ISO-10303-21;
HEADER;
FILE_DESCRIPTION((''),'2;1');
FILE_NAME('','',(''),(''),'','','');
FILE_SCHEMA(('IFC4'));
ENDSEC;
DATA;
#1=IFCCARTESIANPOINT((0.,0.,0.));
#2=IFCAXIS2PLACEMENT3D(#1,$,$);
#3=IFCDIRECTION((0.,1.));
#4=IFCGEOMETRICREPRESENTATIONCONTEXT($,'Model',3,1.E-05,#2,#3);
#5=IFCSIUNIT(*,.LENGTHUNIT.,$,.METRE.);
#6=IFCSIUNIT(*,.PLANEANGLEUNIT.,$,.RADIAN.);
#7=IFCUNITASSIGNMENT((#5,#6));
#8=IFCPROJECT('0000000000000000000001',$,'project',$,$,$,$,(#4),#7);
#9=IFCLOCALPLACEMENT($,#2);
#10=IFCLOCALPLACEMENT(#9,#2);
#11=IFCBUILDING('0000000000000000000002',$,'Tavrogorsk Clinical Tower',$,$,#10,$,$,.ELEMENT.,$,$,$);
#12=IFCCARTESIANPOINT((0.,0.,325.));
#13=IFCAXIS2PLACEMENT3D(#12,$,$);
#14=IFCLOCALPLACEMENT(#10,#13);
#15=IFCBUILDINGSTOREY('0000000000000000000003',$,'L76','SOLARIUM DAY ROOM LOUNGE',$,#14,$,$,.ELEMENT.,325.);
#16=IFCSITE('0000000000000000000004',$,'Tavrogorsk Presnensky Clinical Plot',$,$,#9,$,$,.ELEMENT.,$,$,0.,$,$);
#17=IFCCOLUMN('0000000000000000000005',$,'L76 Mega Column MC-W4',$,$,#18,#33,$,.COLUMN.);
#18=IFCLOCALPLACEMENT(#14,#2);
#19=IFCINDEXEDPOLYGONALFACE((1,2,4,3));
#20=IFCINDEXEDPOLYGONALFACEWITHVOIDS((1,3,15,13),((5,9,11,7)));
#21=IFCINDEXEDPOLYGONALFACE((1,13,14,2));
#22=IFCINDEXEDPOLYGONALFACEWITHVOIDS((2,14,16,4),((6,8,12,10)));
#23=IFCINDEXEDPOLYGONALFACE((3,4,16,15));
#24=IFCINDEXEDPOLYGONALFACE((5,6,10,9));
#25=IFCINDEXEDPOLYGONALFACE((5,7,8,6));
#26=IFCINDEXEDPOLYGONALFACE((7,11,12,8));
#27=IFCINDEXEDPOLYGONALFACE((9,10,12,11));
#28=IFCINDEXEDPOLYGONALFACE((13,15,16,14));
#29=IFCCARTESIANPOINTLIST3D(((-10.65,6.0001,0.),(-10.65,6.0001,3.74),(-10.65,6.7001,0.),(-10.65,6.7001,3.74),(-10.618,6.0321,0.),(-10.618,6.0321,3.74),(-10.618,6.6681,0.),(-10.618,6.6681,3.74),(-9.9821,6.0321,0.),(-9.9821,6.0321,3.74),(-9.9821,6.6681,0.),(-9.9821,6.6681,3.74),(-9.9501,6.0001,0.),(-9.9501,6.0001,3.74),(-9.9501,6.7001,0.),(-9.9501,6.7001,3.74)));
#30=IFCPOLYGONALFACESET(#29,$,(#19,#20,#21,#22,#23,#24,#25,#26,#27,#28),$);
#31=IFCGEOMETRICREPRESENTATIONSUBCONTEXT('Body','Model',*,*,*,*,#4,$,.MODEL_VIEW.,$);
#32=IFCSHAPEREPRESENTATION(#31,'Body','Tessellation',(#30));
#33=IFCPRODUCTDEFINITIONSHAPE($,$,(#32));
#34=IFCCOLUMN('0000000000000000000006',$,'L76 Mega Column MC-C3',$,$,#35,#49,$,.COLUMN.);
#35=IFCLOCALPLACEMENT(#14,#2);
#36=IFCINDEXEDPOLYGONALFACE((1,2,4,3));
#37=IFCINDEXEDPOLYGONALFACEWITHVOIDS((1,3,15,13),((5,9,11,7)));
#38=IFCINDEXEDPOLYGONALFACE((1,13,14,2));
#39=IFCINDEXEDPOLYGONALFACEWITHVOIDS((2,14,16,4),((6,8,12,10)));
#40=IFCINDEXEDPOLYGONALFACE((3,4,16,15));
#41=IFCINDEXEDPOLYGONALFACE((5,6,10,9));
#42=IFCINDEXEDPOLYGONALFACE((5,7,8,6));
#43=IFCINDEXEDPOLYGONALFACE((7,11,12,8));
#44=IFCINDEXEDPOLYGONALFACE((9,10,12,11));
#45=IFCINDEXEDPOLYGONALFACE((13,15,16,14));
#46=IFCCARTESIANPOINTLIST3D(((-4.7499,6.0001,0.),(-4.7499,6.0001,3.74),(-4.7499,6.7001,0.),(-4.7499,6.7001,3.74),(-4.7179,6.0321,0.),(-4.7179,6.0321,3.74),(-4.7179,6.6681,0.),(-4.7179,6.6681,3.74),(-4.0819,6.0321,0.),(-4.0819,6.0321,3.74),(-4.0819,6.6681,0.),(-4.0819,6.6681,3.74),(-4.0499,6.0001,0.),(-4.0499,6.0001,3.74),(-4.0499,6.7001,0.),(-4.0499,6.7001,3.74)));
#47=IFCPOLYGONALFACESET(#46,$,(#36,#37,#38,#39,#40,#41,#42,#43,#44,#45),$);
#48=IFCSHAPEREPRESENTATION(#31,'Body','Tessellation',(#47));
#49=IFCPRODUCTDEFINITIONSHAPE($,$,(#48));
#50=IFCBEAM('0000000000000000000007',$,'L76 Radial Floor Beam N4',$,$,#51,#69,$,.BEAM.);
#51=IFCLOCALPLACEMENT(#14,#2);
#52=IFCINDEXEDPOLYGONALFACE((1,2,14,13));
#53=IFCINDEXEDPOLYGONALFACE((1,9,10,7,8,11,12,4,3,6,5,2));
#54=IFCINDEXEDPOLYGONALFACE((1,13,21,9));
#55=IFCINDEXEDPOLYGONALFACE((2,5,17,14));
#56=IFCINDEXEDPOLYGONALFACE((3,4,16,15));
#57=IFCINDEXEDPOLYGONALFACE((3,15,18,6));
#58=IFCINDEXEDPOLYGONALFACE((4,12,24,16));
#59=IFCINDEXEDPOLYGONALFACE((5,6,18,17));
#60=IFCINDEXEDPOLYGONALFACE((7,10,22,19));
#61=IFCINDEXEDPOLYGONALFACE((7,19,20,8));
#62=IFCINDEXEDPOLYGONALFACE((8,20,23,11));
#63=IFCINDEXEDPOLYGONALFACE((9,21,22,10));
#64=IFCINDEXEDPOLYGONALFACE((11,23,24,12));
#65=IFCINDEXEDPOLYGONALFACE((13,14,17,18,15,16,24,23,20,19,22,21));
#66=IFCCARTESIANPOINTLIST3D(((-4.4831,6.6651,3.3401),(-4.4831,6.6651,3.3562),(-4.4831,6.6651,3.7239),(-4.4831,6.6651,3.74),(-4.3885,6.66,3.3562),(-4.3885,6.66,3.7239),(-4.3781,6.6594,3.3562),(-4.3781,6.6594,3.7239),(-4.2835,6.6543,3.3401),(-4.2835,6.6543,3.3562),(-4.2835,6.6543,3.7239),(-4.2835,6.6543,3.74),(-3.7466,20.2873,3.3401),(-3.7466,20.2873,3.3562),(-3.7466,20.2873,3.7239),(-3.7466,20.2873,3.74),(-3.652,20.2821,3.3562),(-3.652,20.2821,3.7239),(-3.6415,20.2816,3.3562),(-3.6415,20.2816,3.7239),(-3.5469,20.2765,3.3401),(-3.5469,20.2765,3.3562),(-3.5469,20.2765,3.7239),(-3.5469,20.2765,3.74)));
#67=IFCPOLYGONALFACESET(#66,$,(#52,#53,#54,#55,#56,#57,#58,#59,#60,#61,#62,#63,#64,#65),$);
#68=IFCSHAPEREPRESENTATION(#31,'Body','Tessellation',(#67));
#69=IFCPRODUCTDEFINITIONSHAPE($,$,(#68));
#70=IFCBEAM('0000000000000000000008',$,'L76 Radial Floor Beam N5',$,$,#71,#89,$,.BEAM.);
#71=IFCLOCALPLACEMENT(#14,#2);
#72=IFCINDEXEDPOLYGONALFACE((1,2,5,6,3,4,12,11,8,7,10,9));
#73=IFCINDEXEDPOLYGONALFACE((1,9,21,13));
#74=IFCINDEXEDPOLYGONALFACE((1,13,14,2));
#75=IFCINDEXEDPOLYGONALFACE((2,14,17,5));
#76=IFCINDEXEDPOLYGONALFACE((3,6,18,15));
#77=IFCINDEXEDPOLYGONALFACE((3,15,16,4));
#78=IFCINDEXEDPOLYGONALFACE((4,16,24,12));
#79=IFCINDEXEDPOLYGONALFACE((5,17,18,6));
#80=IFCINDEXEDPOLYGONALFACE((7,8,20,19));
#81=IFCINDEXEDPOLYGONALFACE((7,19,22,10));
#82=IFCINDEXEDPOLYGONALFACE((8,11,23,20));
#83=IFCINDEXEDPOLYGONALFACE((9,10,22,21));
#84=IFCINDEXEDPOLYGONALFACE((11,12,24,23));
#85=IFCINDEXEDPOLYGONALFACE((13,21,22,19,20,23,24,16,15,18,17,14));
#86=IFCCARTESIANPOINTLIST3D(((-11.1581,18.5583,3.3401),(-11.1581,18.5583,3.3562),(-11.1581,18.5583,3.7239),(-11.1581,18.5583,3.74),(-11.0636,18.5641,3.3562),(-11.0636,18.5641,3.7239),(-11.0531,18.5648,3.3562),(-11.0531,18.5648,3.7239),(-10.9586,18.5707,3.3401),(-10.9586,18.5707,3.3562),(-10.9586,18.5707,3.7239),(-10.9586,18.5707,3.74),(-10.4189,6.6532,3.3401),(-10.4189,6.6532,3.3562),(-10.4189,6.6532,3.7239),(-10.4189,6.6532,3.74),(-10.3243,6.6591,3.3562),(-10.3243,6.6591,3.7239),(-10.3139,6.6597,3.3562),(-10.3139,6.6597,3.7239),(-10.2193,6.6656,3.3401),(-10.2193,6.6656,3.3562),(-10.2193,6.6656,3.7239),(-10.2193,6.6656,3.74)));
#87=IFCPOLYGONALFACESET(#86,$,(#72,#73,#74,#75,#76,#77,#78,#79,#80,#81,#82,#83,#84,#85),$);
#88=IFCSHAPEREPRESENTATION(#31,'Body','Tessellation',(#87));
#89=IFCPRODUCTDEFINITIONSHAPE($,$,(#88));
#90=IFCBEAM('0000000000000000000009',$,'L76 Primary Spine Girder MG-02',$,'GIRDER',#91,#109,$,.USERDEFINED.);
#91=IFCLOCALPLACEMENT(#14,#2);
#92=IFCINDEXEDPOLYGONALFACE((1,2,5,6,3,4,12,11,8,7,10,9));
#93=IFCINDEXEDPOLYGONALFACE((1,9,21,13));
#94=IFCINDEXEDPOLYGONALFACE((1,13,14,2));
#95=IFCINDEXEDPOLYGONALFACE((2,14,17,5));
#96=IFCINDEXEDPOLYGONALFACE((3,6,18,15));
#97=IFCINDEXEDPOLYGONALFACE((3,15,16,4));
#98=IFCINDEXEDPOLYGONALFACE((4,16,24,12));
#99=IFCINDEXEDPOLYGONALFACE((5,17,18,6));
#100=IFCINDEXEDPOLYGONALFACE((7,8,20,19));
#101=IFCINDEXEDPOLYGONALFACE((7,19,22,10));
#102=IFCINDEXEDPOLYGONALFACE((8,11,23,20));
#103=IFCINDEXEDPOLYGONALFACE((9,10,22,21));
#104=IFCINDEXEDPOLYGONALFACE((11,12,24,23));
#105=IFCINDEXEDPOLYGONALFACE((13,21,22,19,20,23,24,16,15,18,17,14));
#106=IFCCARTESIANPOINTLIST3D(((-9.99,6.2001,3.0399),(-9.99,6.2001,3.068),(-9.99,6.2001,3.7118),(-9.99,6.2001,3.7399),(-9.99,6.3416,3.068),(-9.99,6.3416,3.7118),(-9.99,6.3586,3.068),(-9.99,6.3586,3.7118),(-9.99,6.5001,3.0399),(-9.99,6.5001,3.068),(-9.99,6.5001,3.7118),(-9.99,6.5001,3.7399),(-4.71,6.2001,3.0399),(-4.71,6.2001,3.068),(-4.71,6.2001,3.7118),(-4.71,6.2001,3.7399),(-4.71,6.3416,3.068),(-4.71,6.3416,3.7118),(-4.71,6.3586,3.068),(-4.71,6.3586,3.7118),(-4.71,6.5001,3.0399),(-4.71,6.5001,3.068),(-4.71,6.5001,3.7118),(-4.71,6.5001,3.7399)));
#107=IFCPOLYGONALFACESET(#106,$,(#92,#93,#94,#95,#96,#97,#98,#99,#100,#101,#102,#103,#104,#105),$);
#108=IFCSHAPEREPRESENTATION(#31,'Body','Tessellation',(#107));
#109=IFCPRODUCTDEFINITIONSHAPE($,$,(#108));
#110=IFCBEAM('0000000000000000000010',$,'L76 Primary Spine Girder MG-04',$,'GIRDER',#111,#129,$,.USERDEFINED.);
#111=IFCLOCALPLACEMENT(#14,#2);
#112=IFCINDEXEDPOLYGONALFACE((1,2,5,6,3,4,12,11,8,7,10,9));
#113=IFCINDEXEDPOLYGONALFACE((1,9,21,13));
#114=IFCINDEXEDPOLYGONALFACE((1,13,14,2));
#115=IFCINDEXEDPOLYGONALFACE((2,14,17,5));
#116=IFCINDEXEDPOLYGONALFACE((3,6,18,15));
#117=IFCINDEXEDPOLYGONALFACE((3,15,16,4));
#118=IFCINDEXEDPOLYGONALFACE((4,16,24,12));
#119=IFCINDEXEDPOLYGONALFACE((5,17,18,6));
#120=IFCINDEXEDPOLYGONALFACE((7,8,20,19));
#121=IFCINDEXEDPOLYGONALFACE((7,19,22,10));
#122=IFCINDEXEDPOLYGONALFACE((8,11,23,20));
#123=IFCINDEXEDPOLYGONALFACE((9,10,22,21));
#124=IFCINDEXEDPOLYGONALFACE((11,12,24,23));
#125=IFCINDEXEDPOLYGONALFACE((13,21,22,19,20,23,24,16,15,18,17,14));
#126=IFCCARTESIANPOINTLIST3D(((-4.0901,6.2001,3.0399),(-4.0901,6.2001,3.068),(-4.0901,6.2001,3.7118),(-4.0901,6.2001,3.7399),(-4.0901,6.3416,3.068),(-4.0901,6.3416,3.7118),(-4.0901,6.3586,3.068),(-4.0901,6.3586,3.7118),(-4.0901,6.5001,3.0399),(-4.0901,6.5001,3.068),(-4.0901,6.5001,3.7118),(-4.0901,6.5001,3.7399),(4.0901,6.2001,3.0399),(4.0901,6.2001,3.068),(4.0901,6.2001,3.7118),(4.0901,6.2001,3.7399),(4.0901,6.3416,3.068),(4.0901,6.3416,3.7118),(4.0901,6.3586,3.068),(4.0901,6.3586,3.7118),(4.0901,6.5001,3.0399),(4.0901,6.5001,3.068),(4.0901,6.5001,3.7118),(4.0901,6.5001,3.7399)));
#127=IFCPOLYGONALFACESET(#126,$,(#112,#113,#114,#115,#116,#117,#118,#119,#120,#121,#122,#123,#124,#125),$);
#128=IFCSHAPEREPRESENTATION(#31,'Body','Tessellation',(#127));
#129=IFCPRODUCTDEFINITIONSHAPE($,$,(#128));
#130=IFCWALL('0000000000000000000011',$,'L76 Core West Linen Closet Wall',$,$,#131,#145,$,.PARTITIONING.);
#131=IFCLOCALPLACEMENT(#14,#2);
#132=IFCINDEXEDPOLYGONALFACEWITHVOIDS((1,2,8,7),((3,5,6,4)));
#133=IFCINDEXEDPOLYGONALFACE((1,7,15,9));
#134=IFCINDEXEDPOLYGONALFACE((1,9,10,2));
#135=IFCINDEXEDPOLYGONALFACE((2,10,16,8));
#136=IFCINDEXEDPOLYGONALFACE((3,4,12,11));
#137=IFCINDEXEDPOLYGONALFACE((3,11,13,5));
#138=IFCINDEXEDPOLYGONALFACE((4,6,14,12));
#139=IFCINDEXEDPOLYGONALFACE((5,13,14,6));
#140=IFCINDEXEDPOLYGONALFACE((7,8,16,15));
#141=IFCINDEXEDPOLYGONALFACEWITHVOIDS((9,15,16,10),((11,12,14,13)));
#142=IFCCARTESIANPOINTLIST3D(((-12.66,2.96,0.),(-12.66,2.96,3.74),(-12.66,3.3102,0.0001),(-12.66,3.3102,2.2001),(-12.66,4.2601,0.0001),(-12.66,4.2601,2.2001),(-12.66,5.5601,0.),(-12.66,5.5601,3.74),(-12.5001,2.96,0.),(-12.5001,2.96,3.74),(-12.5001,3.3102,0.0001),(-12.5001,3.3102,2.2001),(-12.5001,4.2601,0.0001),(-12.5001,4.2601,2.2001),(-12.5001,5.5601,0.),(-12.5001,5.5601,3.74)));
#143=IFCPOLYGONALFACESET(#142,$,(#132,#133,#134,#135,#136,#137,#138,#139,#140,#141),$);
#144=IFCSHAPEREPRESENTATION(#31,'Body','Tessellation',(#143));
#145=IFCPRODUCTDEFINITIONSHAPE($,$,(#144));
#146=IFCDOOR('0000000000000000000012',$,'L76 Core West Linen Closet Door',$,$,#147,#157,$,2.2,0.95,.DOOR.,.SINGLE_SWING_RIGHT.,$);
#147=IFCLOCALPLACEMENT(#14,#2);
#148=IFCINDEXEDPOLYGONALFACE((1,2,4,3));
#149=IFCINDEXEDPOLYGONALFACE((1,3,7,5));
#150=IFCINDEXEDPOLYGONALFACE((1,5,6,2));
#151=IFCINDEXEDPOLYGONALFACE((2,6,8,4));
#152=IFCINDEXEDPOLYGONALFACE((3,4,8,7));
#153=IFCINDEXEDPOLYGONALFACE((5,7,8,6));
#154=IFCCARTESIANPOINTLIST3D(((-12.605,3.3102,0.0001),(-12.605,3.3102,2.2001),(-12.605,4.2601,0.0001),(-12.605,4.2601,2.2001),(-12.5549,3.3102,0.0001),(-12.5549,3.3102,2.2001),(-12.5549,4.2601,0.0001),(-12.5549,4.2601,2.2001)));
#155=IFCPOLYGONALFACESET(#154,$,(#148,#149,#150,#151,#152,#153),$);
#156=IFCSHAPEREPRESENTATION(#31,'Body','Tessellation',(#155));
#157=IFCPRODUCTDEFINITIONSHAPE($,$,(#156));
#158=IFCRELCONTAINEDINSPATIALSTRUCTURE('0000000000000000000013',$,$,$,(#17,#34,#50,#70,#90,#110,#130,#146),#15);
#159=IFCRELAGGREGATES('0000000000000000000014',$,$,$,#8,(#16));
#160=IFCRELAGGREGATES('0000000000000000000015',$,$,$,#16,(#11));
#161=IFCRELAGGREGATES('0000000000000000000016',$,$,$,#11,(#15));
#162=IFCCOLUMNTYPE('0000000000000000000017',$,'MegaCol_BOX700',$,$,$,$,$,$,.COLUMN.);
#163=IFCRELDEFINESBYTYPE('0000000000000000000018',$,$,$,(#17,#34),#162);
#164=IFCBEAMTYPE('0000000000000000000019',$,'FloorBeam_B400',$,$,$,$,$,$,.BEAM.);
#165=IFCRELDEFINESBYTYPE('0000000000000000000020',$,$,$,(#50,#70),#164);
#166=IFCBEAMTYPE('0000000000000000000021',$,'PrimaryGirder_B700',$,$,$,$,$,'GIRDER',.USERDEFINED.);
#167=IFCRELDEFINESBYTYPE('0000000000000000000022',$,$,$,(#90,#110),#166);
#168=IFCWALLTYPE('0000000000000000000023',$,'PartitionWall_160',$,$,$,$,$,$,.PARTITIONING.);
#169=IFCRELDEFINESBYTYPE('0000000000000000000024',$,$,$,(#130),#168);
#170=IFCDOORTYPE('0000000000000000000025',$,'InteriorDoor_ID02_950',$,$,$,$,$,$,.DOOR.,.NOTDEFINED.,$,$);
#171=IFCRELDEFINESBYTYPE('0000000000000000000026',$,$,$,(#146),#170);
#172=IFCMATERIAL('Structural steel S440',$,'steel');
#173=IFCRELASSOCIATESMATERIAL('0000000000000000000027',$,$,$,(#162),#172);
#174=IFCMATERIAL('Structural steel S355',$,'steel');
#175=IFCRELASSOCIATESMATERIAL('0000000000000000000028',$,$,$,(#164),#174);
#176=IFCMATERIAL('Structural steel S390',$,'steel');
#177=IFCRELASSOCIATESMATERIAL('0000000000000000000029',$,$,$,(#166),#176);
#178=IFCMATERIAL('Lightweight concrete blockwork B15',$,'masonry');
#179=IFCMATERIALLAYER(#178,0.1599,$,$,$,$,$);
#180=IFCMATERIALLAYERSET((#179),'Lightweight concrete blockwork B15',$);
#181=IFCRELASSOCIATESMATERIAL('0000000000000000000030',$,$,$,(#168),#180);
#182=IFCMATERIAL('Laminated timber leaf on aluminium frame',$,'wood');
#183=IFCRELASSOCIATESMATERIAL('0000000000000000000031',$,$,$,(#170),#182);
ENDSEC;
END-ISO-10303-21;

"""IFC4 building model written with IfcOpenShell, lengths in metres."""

from ifc_helpers import new_model, si_unit, direction, frame, frame_2d, origin, origin_2d, place, context, subcontext, project, spatial, rectangle, hollow_rectangle, i_section, extrude, material, layer, layer_set, material_profile, profile_set, type_object, element, fill, save


model = new_model("IFC4")

# Units and contexts
model_context = context("Model", 3, precision=1e-05, world=origin(), true_north=direction((0.0, 1.0)))
body_context = subcontext(model_context, "Body", "Model", "MODEL_VIEW")
ifc_project = project(units=[si_unit("LENGTHUNIT", "METRE"), si_unit("PLANEANGLEUNIT", "RADIAN")], contexts=[model_context])

# Site, building, storey
site_placement = place(None, origin())
site = spatial("IfcSite", under=ifc_project, at=site_placement, Name="Tavrogorsk Presnensky Clinical Plot", CompositionType="ELEMENT", RefElevation=0.0)
building_placement = place(site_placement, origin())
building = spatial("IfcBuilding", under=site, at=building_placement, Name="Tavrogorsk Clinical Tower", CompositionType="ELEMENT")
storey_placement = place(building_placement, frame((0.0, 0.0, 325.0)))
storey = spatial("IfcBuildingStorey", under=building, at=storey_placement, Name="L76", Description="SOLARIUM DAY ROOM LOUNGE", CompositionType="ELEMENT", Elevation=325.0)

# Columns
ifc_material_1 = material(Name="Structural steel S440", Category="steel")
ifc_material_profile_1 = material_profile(ifc_material_1, hollow_rectangle(XDim=0.7, YDim=0.7, WallThickness=0.032, at=origin_2d()), Name="BOX-700x700x32")
ifc_profile_set_1 = profile_set([ifc_material_profile_1], Name="Structural steel S440")
column_type = type_object("IfcColumnType", Name="MegaCol_BOX700", PredefinedType="COLUMN", material=ifc_profile_set_1)
for number, where, z_axis, x_axis, name in (
    (1, (-10.3, 6.3501, 0.0), (0.0, 0.0, 1.0), (1.0, 0.0, 0.0), "L76 Mega Column MC-W4"),
    (2, (-4.3999, 6.3501, 0.0), (0.0, 0.0, 1.0), (1.0, 0.0, 0.0), "L76 Mega Column MC-C3"),
):
    element("IfcColumn", number, at=place(storey_placement, frame(where, z_axis=z_axis, x_axis=x_axis)), inside=storey, type_object=column_type, Name=name, PredefinedType="COLUMN", context=body_context, shape_type="SweptSolid", body=[
        extrude(hollow_rectangle(XDim=0.7, YDim=0.7, WallThickness=0.032, at=origin_2d()), origin(), (0.0, 0.0, 1.0), 3.74),
    ])

# Beams
ifc_material_2 = material(Name="Structural steel S355", Category="steel")
ifc_material_profile_2 = material_profile(ifc_material_2, i_section(OverallWidth=0.2, OverallDepth=0.3999, WebThickness=0.0105, FlangeThickness=0.0161, at=origin_2d()), Name="B-400x200x10.5x16")
ifc_profile_set_2 = profile_set([ifc_material_profile_2], Name="Structural steel S355")
beam_type_1 = type_object("IfcBeamType", Name="FloorBeam_B400", PredefinedType="BEAM", material=ifc_profile_set_2)
beam_1_placement = place(storey_placement, frame((-4.3833, 6.6597, 3.54), z_axis=(0.053993, 0.998541, 0.0), x_axis=(-0.998541, 0.053993, 0.0)))
element("IfcBeam", 3, at=beam_1_placement, inside=storey, type_object=beam_type_1, Name="L76 Radial Floor Beam N4", PredefinedType="BEAM", context=body_context, shape_type="SweptSolid", body=[
    extrude(i_section(OverallWidth=0.2, OverallDepth=0.3999, WebThickness=0.0105, FlangeThickness=0.0161, at=origin_2d()), origin(), (0.0, 0.0, 1.0), 13.6421),
])
beam_2_placement = place(storey_placement, frame((-10.3191, 6.6594, 3.54), z_axis=(-0.061977, 0.998078, 0.0), x_axis=(-0.998078, -0.061977, 0.0)))
element("IfcBeam", 4, at=beam_2_placement, inside=storey, type_object=beam_type_1, Name="L76 Radial Floor Beam N5", PredefinedType="BEAM", context=body_context, shape_type="SweptSolid", body=[
    extrude(i_section(OverallWidth=0.2, OverallDepth=0.3999, WebThickness=0.0105, FlangeThickness=0.0161, at=origin_2d()), origin(), (0.0, 0.0, 1.0), 11.928),
])
ifc_material_3 = material(Name="Structural steel S390", Category="steel")
ifc_material_profile_3 = material_profile(ifc_material_3, i_section(OverallWidth=0.3, OverallDepth=0.7, WebThickness=0.0171, FlangeThickness=0.0281, at=origin_2d()), Name="B-700x300x17x28")
ifc_profile_set_3 = profile_set([ifc_material_profile_3], Name="Structural steel S390")
beam_type_2 = type_object("IfcBeamType", Name="PrimaryGirder_B700", ElementType="GIRDER", PredefinedType="USERDEFINED", material=ifc_profile_set_3)
beam_3_placement = place(storey_placement, frame((-9.99, 6.3501, 3.3899), z_axis=(1.0, 0.0, 0.0), x_axis=(0.0, 1.0, 0.0)))
element("IfcBeam", 5, at=beam_3_placement, inside=storey, type_object=beam_type_2, Name="L76 Primary Spine Girder MG-02", ObjectType="GIRDER", PredefinedType="USERDEFINED", context=body_context, shape_type="SweptSolid", body=[
    extrude(i_section(OverallWidth=0.3, OverallDepth=0.7, WebThickness=0.0171, FlangeThickness=0.0281, at=origin_2d()), origin(), (0.0, 0.0, 1.0), 5.28),
])
beam_4_placement = place(storey_placement, frame((-4.0901, 6.3501, 3.3899), z_axis=(1.0, 0.0, 0.0), x_axis=(0.0, 1.0, 0.0)))
element("IfcBeam", 6, at=beam_4_placement, inside=storey, type_object=beam_type_2, Name="L76 Primary Spine Girder MG-04", ObjectType="GIRDER", PredefinedType="USERDEFINED", context=body_context, shape_type="SweptSolid", body=[
    extrude(i_section(OverallWidth=0.3, OverallDepth=0.7, WebThickness=0.0171, FlangeThickness=0.0281, at=origin_2d()), origin(), (0.0, 0.0, 1.0), 8.1802),
])

# Wall, opening, door
ifc_material_4 = material(Name="Lightweight concrete blockwork B15", Category="masonry")
ifc_layer_1 = layer(ifc_material_4, 0.1599)
ifc_layer_set_1 = layer_set([ifc_layer_1], Name="Lightweight concrete blockwork B15")
wall_type_1 = type_object("IfcWallType", Name="PartitionWall_160", PredefinedType="PARTITIONING", material=ifc_layer_set_1)
wall_1_placement = place(storey_placement, frame((-12.5801, 2.96, 0.0), z_axis=(0.0, 0.0, 1.0), x_axis=(0.0, 1.0, 0.0)))
wall_1 = element("IfcWall", 7, at=wall_1_placement, inside=storey, type_object=wall_type_1, Name="L76 Core West Linen Closet Wall", PredefinedType="PARTITIONING", context=body_context, shape_type="SweptSolid", body=[
    extrude(rectangle(XDim=2.6001, YDim=0.1599, at=frame_2d((1.3, 0.0))), origin(), (0.0, 0.0, 1.0), 3.74),
])
opening_1_placement = place(wall_1_placement, frame((0.3501, 0.0, 0.0)))
opening_1 = element("IfcOpeningElement", 8, at=opening_1_placement, cuts=wall_1, PredefinedType="OPENING", context=body_context, shape_type="SweptSolid", body=[
    extrude(rectangle(XDim=0.95, YDim=2.2, at=frame_2d((0.4751, 1.1001))), frame((0.0, 0.0898, 0.0), z_axis=(0.0, -1.0, 0.0), x_axis=(1.0, 0.0, 0.0)), (0.0, 0.0, 1.0), 0.1799),
])
ifc_material_5 = material(Name="Laminated timber leaf on aluminium frame", Category="wood")
door_type_1 = type_object("IfcDoorType", Name="InteriorDoor_ID02_950", OperationType="NOTDEFINED", PredefinedType="DOOR", material=ifc_material_5)
door_1_placement = place(opening_1_placement, origin())
door_1 = element("IfcDoor", 9, at=door_1_placement, inside=storey, type_object=door_type_1, Name="L76 Core West Linen Closet Door", OperationType="SINGLE_SWING_RIGHT", OverallHeight=2.2, OverallWidth=0.95, PredefinedType="DOOR", context=body_context, shape_type="SweptSolid", body=[
    extrude(rectangle(XDim=0.95, YDim=2.2, at=frame_2d((0.4751, 1.1001))), frame((0.0, 0.0249, 0.0), z_axis=(0.0, -1.0, 0.0), x_axis=(1.0, 0.0, 0.0)), (0.0, 0.0, 1.0), 0.05),
])
fill(opening_1, door_1)

save(model, "model.ifc")
